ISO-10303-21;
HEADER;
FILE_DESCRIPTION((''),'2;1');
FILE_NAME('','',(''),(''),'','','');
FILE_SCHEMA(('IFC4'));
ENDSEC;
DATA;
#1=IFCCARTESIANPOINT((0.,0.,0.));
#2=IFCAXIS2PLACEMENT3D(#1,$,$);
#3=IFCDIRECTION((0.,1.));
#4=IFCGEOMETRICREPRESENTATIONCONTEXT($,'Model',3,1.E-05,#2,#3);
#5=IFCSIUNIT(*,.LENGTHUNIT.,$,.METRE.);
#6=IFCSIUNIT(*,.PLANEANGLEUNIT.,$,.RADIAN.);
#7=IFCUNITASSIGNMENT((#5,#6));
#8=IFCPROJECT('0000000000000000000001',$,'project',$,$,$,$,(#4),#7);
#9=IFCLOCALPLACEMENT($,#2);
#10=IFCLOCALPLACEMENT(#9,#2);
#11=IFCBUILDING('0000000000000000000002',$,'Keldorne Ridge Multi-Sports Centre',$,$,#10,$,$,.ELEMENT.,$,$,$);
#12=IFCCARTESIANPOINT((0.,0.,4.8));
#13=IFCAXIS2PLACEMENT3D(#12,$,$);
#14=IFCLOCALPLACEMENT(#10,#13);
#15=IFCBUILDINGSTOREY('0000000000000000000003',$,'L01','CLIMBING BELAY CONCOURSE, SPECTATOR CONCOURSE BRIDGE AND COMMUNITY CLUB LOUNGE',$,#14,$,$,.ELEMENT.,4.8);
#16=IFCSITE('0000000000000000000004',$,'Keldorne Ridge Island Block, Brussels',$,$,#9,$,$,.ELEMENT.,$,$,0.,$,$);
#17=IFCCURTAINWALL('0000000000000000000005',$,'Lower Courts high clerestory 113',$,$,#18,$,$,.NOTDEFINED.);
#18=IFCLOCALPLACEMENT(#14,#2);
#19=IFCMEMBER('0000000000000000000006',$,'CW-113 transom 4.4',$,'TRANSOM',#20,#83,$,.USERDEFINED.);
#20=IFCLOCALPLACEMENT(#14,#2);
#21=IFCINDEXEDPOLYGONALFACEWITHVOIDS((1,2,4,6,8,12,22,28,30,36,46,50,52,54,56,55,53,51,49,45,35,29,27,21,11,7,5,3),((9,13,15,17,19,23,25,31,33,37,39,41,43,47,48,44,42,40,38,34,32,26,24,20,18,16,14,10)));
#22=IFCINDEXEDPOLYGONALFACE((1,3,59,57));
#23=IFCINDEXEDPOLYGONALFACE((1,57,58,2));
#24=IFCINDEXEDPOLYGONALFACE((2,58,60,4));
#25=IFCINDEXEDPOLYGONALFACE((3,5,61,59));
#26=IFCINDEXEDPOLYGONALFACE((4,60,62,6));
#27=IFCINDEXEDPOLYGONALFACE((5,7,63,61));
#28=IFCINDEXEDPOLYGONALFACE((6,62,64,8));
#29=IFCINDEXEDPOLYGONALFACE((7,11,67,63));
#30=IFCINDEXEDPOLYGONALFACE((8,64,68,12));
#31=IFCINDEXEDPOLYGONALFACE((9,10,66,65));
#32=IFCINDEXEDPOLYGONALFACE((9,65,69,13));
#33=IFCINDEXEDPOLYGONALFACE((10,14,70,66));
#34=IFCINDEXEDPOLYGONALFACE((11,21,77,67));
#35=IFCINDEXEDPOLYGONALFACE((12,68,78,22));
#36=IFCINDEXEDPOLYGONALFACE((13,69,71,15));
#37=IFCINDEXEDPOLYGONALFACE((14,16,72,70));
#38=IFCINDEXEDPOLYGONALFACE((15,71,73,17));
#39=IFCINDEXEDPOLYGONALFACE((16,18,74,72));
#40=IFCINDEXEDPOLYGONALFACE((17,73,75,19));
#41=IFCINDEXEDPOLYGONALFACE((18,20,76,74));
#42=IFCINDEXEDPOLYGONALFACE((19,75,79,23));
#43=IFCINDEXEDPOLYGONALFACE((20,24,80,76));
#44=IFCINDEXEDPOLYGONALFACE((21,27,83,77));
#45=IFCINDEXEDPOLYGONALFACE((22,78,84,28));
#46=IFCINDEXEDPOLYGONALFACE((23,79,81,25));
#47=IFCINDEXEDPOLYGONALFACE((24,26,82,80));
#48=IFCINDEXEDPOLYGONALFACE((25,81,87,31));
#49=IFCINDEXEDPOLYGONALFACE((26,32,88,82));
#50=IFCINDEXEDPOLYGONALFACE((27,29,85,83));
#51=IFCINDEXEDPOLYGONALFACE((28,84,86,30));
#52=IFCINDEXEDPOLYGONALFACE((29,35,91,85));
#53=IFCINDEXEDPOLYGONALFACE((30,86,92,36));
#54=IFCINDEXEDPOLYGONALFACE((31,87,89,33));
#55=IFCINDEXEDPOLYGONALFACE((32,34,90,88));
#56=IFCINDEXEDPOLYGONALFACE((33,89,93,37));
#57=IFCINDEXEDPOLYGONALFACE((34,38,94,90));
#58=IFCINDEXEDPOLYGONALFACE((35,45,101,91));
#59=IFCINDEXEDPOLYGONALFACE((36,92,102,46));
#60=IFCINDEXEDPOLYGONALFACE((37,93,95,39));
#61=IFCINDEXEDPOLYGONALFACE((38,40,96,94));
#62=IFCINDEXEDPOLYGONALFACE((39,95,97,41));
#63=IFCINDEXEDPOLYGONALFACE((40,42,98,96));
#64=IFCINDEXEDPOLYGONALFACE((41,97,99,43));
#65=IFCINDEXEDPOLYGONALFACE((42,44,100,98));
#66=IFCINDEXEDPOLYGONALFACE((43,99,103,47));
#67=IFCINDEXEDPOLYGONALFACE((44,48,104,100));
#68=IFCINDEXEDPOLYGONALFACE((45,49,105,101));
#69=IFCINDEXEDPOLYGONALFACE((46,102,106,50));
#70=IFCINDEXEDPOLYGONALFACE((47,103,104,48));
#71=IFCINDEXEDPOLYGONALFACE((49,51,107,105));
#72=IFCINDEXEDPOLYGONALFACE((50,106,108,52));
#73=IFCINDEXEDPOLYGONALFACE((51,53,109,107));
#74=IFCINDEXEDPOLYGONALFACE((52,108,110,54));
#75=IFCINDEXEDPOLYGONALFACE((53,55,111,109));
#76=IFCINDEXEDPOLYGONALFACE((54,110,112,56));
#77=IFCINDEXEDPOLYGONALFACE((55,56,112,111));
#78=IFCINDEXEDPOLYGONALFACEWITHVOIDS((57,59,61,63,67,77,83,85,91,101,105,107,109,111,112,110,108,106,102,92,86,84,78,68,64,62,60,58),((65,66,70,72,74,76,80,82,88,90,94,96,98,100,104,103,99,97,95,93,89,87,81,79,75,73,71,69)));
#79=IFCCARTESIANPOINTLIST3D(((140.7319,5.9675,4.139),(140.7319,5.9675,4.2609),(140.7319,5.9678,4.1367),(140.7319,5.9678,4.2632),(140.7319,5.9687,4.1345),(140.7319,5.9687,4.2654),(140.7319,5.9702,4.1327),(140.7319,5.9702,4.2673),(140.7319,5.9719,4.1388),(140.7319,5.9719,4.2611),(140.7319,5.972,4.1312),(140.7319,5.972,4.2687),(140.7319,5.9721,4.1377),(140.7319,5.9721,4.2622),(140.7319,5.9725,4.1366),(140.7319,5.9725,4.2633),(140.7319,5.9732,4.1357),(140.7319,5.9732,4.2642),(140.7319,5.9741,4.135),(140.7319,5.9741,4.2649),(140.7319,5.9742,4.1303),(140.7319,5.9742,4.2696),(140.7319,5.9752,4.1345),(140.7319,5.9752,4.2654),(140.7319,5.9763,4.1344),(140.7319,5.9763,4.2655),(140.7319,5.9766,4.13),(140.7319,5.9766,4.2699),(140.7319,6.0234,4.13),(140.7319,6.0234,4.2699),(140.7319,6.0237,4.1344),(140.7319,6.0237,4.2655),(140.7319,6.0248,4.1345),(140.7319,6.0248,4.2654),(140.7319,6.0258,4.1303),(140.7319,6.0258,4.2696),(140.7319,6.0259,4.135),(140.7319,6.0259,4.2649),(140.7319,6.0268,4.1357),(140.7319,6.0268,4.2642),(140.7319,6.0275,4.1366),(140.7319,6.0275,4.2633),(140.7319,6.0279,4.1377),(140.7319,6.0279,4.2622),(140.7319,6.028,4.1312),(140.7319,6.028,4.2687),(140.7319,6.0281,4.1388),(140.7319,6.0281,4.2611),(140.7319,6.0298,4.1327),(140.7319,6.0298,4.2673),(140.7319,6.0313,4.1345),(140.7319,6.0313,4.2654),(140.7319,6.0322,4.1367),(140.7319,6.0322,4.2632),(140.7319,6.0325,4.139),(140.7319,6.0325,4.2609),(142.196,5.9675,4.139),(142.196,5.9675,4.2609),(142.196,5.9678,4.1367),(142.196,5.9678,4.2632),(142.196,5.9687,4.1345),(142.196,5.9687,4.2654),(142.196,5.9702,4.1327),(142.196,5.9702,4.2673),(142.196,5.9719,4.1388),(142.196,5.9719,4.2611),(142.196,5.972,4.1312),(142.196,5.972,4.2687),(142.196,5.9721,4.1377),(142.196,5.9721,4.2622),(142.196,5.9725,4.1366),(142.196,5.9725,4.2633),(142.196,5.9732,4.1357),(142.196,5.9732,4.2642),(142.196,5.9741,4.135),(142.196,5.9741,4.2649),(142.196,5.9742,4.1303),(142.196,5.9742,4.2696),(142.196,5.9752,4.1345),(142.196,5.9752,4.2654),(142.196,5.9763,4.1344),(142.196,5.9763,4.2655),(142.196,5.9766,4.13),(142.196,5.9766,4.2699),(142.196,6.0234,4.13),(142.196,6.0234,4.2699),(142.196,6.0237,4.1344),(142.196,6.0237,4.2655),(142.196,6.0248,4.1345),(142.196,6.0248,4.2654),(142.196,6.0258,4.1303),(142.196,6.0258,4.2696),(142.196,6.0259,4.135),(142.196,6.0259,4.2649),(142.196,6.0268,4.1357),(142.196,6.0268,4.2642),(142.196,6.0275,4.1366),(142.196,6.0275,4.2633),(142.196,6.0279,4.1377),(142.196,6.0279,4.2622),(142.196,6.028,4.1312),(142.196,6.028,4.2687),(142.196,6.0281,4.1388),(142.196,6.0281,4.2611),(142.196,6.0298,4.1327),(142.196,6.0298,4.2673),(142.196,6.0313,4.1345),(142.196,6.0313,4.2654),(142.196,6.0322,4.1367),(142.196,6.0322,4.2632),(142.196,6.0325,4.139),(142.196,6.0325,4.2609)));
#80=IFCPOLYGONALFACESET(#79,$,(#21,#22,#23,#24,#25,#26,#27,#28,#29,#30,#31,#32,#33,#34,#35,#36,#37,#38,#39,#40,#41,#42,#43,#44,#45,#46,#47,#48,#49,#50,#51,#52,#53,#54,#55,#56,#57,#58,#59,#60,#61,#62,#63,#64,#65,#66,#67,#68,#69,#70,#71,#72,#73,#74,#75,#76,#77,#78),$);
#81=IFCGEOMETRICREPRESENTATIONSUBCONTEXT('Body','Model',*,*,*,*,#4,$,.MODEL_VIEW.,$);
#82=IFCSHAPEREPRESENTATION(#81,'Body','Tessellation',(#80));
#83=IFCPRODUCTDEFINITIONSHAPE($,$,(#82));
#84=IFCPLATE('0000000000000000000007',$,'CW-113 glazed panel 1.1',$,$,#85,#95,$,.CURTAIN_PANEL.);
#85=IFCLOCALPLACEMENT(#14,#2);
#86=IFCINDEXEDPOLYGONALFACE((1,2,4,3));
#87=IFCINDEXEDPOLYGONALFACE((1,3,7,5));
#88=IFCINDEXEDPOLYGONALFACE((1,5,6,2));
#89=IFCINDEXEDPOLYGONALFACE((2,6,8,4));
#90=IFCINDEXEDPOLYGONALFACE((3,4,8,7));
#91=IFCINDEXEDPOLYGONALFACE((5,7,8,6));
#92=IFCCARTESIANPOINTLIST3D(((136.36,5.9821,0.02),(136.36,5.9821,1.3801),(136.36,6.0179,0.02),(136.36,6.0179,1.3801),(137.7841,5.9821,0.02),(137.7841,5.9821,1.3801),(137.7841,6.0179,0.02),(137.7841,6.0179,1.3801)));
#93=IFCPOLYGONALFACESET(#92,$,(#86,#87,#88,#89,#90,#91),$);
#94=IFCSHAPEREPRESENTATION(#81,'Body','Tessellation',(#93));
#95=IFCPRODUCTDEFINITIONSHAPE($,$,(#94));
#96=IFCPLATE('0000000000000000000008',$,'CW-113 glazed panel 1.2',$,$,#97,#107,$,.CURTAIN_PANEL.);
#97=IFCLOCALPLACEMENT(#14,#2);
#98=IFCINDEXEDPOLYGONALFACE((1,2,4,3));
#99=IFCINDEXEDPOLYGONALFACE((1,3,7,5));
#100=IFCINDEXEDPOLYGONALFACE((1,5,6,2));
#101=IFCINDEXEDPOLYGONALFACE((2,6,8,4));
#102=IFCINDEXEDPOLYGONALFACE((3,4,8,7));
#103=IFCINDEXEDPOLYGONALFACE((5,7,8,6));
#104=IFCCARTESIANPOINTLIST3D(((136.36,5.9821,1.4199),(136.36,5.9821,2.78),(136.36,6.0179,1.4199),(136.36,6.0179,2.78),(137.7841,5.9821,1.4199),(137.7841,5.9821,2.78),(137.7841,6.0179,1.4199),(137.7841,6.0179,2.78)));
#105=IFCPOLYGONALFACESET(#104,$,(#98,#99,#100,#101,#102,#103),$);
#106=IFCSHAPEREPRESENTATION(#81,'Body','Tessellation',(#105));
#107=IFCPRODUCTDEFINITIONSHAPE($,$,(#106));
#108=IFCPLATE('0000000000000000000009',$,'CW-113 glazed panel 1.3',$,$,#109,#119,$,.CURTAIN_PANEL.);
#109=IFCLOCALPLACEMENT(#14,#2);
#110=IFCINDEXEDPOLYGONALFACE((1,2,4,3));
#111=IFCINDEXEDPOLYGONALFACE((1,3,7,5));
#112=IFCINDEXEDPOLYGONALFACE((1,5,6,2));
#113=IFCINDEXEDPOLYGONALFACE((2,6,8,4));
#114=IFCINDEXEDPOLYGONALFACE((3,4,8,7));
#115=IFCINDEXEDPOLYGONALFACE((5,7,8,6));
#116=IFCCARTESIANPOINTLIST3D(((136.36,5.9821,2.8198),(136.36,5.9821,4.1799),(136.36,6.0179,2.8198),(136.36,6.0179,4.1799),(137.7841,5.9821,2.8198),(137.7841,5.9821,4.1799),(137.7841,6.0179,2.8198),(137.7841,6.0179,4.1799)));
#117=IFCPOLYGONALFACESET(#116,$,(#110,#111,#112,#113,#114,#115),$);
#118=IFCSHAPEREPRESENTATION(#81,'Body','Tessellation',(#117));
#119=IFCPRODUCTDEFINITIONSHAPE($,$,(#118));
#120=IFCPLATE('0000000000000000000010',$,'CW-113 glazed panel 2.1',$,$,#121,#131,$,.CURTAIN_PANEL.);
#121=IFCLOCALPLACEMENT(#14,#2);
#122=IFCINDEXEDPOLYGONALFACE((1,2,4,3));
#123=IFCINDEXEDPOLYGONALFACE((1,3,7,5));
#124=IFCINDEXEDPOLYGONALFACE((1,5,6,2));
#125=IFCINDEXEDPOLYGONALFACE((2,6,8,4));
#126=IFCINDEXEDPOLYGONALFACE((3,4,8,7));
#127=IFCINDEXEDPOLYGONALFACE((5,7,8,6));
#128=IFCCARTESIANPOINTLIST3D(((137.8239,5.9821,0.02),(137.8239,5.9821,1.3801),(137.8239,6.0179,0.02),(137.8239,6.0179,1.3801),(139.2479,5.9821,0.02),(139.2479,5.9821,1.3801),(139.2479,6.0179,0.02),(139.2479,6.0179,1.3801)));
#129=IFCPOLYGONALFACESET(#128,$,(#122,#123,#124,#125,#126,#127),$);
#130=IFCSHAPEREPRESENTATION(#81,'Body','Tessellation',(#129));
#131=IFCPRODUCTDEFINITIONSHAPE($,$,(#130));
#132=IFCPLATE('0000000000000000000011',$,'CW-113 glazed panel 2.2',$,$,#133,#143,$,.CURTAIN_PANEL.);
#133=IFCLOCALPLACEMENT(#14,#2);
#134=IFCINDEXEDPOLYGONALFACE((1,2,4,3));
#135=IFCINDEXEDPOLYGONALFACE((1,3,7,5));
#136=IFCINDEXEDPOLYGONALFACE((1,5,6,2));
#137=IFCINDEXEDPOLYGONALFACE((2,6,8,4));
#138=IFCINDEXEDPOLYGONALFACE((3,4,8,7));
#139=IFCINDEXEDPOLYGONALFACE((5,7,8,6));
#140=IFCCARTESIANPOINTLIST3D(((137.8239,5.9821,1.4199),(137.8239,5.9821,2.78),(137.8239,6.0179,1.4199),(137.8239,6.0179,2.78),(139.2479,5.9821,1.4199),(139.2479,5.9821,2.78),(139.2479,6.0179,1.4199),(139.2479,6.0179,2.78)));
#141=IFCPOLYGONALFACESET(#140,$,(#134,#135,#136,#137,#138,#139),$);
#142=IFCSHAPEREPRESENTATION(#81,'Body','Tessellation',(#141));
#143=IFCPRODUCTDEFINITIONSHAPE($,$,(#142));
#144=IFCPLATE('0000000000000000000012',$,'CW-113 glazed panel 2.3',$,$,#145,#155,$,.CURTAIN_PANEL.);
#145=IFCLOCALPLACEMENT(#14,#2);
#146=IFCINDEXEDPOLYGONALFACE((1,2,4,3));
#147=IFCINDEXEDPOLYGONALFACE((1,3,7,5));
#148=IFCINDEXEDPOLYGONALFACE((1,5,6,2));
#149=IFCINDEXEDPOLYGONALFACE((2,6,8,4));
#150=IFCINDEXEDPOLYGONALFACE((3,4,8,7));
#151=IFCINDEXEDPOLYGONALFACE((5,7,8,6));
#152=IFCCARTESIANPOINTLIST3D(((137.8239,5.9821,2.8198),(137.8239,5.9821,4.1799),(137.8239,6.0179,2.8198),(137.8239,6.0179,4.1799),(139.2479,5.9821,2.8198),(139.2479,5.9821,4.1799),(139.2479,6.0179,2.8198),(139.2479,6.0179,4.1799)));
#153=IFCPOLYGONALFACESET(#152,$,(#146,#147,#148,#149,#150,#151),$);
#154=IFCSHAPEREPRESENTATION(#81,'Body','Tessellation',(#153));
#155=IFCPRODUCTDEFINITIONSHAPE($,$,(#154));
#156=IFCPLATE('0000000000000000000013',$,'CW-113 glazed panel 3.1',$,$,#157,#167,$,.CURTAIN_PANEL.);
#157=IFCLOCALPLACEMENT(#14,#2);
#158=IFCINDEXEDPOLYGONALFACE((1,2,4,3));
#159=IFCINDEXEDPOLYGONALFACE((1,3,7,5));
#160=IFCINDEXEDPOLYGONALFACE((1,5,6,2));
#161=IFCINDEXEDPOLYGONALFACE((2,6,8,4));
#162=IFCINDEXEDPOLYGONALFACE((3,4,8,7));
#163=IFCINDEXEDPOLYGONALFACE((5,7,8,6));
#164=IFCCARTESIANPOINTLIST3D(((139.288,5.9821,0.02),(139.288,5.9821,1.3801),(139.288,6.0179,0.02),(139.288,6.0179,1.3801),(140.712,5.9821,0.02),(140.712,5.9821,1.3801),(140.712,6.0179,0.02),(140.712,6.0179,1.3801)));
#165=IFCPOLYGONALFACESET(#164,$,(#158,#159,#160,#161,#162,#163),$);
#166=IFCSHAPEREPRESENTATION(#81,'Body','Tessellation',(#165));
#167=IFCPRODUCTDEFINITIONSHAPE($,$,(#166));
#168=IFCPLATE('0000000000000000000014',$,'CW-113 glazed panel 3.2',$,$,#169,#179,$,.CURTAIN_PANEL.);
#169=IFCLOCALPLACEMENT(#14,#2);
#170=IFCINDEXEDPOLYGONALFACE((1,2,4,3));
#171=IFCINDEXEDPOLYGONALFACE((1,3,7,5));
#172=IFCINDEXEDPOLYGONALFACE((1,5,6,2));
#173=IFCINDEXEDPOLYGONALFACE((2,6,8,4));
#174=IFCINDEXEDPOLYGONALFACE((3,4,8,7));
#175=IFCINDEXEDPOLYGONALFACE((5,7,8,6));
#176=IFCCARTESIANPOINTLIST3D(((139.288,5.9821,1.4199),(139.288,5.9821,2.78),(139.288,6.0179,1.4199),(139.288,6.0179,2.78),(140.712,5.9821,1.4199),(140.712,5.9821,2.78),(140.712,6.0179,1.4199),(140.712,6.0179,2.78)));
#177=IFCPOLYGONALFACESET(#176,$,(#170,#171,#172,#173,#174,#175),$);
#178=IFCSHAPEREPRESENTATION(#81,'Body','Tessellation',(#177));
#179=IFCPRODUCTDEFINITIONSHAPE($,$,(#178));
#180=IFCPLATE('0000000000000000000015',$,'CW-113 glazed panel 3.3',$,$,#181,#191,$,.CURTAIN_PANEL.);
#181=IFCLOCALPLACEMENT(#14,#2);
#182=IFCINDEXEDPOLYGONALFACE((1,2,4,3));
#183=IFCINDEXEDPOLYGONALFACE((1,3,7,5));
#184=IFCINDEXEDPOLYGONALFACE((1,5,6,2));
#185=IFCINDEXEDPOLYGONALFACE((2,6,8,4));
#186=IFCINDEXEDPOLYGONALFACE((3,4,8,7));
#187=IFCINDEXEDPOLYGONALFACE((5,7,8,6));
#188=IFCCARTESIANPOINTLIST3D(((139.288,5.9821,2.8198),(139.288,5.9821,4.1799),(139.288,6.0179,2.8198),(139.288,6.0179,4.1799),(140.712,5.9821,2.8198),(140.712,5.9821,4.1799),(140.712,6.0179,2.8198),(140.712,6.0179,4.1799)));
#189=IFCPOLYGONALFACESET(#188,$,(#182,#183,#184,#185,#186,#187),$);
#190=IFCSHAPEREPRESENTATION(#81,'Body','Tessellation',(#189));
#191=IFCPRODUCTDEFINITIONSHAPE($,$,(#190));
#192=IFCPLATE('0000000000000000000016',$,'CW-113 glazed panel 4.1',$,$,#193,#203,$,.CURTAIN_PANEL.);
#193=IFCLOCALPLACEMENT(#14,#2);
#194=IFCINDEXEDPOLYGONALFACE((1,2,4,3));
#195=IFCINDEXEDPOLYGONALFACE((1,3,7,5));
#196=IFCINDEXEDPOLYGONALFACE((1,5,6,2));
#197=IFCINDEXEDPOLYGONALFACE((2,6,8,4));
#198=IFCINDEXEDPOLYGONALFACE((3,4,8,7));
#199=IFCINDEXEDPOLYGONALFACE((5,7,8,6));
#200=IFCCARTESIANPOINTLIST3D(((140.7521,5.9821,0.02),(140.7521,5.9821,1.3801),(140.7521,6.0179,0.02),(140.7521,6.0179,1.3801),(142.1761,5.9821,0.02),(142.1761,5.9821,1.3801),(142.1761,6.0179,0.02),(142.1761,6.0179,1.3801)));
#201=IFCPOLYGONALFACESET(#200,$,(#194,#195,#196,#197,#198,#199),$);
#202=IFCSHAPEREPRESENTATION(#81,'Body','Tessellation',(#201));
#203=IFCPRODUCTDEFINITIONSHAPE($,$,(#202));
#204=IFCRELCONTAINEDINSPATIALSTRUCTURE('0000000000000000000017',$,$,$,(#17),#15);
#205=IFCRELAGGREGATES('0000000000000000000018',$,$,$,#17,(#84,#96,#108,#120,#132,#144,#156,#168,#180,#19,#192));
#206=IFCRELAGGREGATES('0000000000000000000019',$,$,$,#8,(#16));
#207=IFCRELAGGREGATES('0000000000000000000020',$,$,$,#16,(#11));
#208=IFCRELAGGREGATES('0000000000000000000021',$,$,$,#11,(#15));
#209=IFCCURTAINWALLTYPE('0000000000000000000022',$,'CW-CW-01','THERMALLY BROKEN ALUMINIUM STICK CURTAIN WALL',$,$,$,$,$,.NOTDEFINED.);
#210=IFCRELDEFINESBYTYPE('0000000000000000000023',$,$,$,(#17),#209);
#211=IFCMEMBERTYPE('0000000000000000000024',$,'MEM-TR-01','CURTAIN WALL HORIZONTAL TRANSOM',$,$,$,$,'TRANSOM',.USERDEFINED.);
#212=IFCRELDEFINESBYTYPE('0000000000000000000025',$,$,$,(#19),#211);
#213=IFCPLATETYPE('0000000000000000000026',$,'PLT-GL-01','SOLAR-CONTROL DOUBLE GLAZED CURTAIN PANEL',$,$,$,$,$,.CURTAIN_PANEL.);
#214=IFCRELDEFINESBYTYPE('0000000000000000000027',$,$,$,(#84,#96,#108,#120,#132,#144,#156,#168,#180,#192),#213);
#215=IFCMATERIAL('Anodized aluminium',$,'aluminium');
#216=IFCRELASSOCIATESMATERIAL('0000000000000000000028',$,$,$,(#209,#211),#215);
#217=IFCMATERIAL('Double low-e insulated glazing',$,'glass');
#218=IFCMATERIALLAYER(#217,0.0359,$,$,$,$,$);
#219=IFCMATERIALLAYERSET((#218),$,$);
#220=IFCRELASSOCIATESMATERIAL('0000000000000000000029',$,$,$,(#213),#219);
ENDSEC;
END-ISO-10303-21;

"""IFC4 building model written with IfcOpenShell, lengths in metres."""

from ifc_helpers import new_model, si_unit, direction, frame, origin, origin_2d, place, context, subcontext, project, spatial, rectangle, hollow_rectangle, extrude, material, layer, layer_set, material_profile, profile_set, type_object, element, aggregate, save


model = new_model("IFC4")

# Units and contexts
model_context = context("Model", 3, precision=1e-05, world=origin(), true_north=direction((0.0, 1.0)))
body_context = subcontext(model_context, "Body", "Model", "MODEL_VIEW")
ifc_project = project(units=[si_unit("LENGTHUNIT", "METRE"), si_unit("PLANEANGLEUNIT", "RADIAN")], contexts=[model_context])

# Site, building, storey
site_placement = place(None, origin())
site = spatial("IfcSite", under=ifc_project, at=site_placement, Name="Keldorne Ridge Island Block, Brussels", CompositionType="ELEMENT", RefElevation=0.0)
building_placement = place(site_placement, origin())
building = spatial("IfcBuilding", under=site, at=building_placement, Name="Keldorne Ridge Multi-Sports Centre", CompositionType="ELEMENT")
storey_placement = place(building_placement, frame((0.0, 0.0, 4.8)))
storey = spatial("IfcBuildingStorey", under=building, at=storey_placement, Name="L01", Description="CLIMBING BELAY CONCOURSE, SPECTATOR CONCOURSE BRIDGE AND COMMUNITY CLUB LOUNGE", CompositionType="ELEMENT", Elevation=4.8)

# Curtain wall, member, plates
ifc_material_1 = material(Name="Anodized aluminium", Category="aluminium")
curtain_wall_type = type_object("IfcCurtainWallType", Name="CW-CW-01", Description="THERMALLY BROKEN ALUMINIUM STICK CURTAIN WALL", PredefinedType="NOTDEFINED", material=ifc_material_1)
curtain_wall_placement = place(storey_placement, origin())
curtain_wall = element("IfcCurtainWall", 1, at=curtain_wall_placement, inside=storey, type_object=curtain_wall_type, Name="Lower Courts high clerestory 113", PredefinedType="NOTDEFINED")
ifc_material_profile_1 = material_profile(ifc_material_1, hollow_rectangle(XDim=0.0649, YDim=0.1399, WallThickness=0.0044, InnerFilletRadius=0.0044, OuterFilletRadius=0.009, at=origin_2d()), Name="ALU TRANSOM 140x65x4.5")
ifc_profile_set_1 = profile_set([ifc_material_profile_1], Name="Anodized aluminium")
member_type_1 = type_object("IfcMemberType", Name="MEM-TR-01", Description="CURTAIN WALL HORIZONTAL TRANSOM", ElementType="TRANSOM", PredefinedType="USERDEFINED", material=ifc_profile_set_1)
member_1_placement = place(storey_placement, frame((140.7319, 6.0, 4.2), z_axis=(1.0, 0.0, 0.0), x_axis=(0.0, 1.0, 0.0)))
member_1 = element("IfcMember", 2, at=member_1_placement, type_object=member_type_1, Name="CW-113 transom 4.4", ObjectType="TRANSOM", PredefinedType="USERDEFINED", context=body_context, shape_type="SweptSolid", body=[
    extrude(hollow_rectangle(XDim=0.0649, YDim=0.1399, WallThickness=0.0044, InnerFilletRadius=0.0044, OuterFilletRadius=0.009, at=origin_2d()), origin(), (0.0, 0.0, 1.0), 1.4641),
])
ifc_material_2 = material(Name="Double low-e insulated glazing", Category="glass")
ifc_layer = layer(ifc_material_2, 0.0359)
ifc_layer_set = layer_set([ifc_layer])
plate_type = type_object("IfcPlateType", Name="PLT-GL-01", Description="SOLAR-CONTROL DOUBLE GLAZED CURTAIN PANEL", PredefinedType="CURTAIN_PANEL", material=ifc_layer_set)
plate_1_placement = place(storey_placement, frame((137.072, 6.0, 0.02), z_axis=(0.0, 0.0, 1.0), x_axis=(1.0, 0.0, 0.0)))
plate_1 = element("IfcPlate", 3, at=plate_1_placement, type_object=plate_type, Name="CW-113 glazed panel 1.1", PredefinedType="CURTAIN_PANEL", context=body_context, shape_type="SweptSolid", body=[
    extrude(rectangle(XDim=1.4241, YDim=0.0359, at=origin_2d()), origin(), (0.0, 0.0, 1.0), 1.3601),
])
plate_2_placement = place(storey_placement, frame((137.072, 6.0, 1.4199), z_axis=(0.0, 0.0, 1.0), x_axis=(1.0, 0.0, 0.0)))
plate_2 = element("IfcPlate", 4, at=plate_2_placement, type_object=plate_type, Name="CW-113 glazed panel 1.2", PredefinedType="CURTAIN_PANEL", context=body_context, shape_type="SweptSolid", body=[
    extrude(rectangle(XDim=1.4241, YDim=0.0359, at=origin_2d()), origin(), (0.0, 0.0, 1.0), 1.3601),
])
plate_3_placement = place(storey_placement, frame((137.072, 6.0, 2.8198), z_axis=(0.0, 0.0, 1.0), x_axis=(1.0, 0.0, 0.0)))
plate_3 = element("IfcPlate", 5, at=plate_3_placement, type_object=plate_type, Name="CW-113 glazed panel 1.3", PredefinedType="CURTAIN_PANEL", context=body_context, shape_type="SweptSolid", body=[
    extrude(rectangle(XDim=1.4241, YDim=0.0359, at=origin_2d()), origin(), (0.0, 0.0, 1.0), 1.3601),
])
plate_4_placement = place(storey_placement, frame((138.5359, 6.0, 0.02), z_axis=(0.0, 0.0, 1.0), x_axis=(1.0, 0.0, 0.0)))
plate_4 = element("IfcPlate", 6, at=plate_4_placement, type_object=plate_type, Name="CW-113 glazed panel 2.1", PredefinedType="CURTAIN_PANEL", context=body_context, shape_type="SweptSolid", body=[
    extrude(rectangle(XDim=1.4241, YDim=0.0359, at=origin_2d()), origin(), (0.0, 0.0, 1.0), 1.3601),
])
plate_5_placement = place(storey_placement, frame((138.5359, 6.0, 1.4199), z_axis=(0.0, 0.0, 1.0), x_axis=(1.0, 0.0, 0.0)))
plate_5 = element("IfcPlate", 7, at=plate_5_placement, type_object=plate_type, Name="CW-113 glazed panel 2.2", PredefinedType="CURTAIN_PANEL", context=body_context, shape_type="SweptSolid", body=[
    extrude(rectangle(XDim=1.4241, YDim=0.0359, at=origin_2d()), origin(), (0.0, 0.0, 1.0), 1.3601),
])
plate_6_placement = place(storey_placement, frame((138.5359, 6.0, 2.8198), z_axis=(0.0, 0.0, 1.0), x_axis=(1.0, 0.0, 0.0)))
plate_6 = element("IfcPlate", 8, at=plate_6_placement, type_object=plate_type, Name="CW-113 glazed panel 2.3", PredefinedType="CURTAIN_PANEL", context=body_context, shape_type="SweptSolid", body=[
    extrude(rectangle(XDim=1.4241, YDim=0.0359, at=origin_2d()), origin(), (0.0, 0.0, 1.0), 1.3601),
])
plate_7_placement = place(storey_placement, frame((140.0, 6.0, 0.02), z_axis=(0.0, 0.0, 1.0), x_axis=(1.0, 0.0, 0.0)))
plate_7 = element("IfcPlate", 9, at=plate_7_placement, type_object=plate_type, Name="CW-113 glazed panel 3.1", PredefinedType="CURTAIN_PANEL", context=body_context, shape_type="SweptSolid", body=[
    extrude(rectangle(XDim=1.4241, YDim=0.0359, at=origin_2d()), origin(), (0.0, 0.0, 1.0), 1.3601),
])
plate_8_placement = place(storey_placement, frame((140.0, 6.0, 1.4199), z_axis=(0.0, 0.0, 1.0), x_axis=(1.0, 0.0, 0.0)))
plate_8 = element("IfcPlate", 10, at=plate_8_placement, type_object=plate_type, Name="CW-113 glazed panel 3.2", PredefinedType="CURTAIN_PANEL", context=body_context, shape_type="SweptSolid", body=[
    extrude(rectangle(XDim=1.4241, YDim=0.0359, at=origin_2d()), origin(), (0.0, 0.0, 1.0), 1.3601),
])
plate_9_placement = place(storey_placement, frame((140.0, 6.0, 2.8198), z_axis=(0.0, 0.0, 1.0), x_axis=(1.0, 0.0, 0.0)))
plate_9 = element("IfcPlate", 11, at=plate_9_placement, type_object=plate_type, Name="CW-113 glazed panel 3.3", PredefinedType="CURTAIN_PANEL", context=body_context, shape_type="SweptSolid", body=[
    extrude(rectangle(XDim=1.4241, YDim=0.0359, at=origin_2d()), origin(), (0.0, 0.0, 1.0), 1.3601),
])
plate_10_placement = place(storey_placement, frame((141.4641, 6.0, 0.02), z_axis=(0.0, 0.0, 1.0), x_axis=(1.0, 0.0, 0.0)))
plate_10 = element("IfcPlate", 12, at=plate_10_placement, type_object=plate_type, Name="CW-113 glazed panel 4.1", PredefinedType="CURTAIN_PANEL", context=body_context, shape_type="SweptSolid", body=[
    extrude(rectangle(XDim=1.4241, YDim=0.0359, at=origin_2d()), origin(), (0.0, 0.0, 1.0), 1.3601),
])
aggregate(curtain_wall, [plate_1, plate_2, plate_3, plate_4, plate_5, plate_6, plate_7, plate_8, plate_9, member_1, plate_10])

save(model, "model.ifc")
